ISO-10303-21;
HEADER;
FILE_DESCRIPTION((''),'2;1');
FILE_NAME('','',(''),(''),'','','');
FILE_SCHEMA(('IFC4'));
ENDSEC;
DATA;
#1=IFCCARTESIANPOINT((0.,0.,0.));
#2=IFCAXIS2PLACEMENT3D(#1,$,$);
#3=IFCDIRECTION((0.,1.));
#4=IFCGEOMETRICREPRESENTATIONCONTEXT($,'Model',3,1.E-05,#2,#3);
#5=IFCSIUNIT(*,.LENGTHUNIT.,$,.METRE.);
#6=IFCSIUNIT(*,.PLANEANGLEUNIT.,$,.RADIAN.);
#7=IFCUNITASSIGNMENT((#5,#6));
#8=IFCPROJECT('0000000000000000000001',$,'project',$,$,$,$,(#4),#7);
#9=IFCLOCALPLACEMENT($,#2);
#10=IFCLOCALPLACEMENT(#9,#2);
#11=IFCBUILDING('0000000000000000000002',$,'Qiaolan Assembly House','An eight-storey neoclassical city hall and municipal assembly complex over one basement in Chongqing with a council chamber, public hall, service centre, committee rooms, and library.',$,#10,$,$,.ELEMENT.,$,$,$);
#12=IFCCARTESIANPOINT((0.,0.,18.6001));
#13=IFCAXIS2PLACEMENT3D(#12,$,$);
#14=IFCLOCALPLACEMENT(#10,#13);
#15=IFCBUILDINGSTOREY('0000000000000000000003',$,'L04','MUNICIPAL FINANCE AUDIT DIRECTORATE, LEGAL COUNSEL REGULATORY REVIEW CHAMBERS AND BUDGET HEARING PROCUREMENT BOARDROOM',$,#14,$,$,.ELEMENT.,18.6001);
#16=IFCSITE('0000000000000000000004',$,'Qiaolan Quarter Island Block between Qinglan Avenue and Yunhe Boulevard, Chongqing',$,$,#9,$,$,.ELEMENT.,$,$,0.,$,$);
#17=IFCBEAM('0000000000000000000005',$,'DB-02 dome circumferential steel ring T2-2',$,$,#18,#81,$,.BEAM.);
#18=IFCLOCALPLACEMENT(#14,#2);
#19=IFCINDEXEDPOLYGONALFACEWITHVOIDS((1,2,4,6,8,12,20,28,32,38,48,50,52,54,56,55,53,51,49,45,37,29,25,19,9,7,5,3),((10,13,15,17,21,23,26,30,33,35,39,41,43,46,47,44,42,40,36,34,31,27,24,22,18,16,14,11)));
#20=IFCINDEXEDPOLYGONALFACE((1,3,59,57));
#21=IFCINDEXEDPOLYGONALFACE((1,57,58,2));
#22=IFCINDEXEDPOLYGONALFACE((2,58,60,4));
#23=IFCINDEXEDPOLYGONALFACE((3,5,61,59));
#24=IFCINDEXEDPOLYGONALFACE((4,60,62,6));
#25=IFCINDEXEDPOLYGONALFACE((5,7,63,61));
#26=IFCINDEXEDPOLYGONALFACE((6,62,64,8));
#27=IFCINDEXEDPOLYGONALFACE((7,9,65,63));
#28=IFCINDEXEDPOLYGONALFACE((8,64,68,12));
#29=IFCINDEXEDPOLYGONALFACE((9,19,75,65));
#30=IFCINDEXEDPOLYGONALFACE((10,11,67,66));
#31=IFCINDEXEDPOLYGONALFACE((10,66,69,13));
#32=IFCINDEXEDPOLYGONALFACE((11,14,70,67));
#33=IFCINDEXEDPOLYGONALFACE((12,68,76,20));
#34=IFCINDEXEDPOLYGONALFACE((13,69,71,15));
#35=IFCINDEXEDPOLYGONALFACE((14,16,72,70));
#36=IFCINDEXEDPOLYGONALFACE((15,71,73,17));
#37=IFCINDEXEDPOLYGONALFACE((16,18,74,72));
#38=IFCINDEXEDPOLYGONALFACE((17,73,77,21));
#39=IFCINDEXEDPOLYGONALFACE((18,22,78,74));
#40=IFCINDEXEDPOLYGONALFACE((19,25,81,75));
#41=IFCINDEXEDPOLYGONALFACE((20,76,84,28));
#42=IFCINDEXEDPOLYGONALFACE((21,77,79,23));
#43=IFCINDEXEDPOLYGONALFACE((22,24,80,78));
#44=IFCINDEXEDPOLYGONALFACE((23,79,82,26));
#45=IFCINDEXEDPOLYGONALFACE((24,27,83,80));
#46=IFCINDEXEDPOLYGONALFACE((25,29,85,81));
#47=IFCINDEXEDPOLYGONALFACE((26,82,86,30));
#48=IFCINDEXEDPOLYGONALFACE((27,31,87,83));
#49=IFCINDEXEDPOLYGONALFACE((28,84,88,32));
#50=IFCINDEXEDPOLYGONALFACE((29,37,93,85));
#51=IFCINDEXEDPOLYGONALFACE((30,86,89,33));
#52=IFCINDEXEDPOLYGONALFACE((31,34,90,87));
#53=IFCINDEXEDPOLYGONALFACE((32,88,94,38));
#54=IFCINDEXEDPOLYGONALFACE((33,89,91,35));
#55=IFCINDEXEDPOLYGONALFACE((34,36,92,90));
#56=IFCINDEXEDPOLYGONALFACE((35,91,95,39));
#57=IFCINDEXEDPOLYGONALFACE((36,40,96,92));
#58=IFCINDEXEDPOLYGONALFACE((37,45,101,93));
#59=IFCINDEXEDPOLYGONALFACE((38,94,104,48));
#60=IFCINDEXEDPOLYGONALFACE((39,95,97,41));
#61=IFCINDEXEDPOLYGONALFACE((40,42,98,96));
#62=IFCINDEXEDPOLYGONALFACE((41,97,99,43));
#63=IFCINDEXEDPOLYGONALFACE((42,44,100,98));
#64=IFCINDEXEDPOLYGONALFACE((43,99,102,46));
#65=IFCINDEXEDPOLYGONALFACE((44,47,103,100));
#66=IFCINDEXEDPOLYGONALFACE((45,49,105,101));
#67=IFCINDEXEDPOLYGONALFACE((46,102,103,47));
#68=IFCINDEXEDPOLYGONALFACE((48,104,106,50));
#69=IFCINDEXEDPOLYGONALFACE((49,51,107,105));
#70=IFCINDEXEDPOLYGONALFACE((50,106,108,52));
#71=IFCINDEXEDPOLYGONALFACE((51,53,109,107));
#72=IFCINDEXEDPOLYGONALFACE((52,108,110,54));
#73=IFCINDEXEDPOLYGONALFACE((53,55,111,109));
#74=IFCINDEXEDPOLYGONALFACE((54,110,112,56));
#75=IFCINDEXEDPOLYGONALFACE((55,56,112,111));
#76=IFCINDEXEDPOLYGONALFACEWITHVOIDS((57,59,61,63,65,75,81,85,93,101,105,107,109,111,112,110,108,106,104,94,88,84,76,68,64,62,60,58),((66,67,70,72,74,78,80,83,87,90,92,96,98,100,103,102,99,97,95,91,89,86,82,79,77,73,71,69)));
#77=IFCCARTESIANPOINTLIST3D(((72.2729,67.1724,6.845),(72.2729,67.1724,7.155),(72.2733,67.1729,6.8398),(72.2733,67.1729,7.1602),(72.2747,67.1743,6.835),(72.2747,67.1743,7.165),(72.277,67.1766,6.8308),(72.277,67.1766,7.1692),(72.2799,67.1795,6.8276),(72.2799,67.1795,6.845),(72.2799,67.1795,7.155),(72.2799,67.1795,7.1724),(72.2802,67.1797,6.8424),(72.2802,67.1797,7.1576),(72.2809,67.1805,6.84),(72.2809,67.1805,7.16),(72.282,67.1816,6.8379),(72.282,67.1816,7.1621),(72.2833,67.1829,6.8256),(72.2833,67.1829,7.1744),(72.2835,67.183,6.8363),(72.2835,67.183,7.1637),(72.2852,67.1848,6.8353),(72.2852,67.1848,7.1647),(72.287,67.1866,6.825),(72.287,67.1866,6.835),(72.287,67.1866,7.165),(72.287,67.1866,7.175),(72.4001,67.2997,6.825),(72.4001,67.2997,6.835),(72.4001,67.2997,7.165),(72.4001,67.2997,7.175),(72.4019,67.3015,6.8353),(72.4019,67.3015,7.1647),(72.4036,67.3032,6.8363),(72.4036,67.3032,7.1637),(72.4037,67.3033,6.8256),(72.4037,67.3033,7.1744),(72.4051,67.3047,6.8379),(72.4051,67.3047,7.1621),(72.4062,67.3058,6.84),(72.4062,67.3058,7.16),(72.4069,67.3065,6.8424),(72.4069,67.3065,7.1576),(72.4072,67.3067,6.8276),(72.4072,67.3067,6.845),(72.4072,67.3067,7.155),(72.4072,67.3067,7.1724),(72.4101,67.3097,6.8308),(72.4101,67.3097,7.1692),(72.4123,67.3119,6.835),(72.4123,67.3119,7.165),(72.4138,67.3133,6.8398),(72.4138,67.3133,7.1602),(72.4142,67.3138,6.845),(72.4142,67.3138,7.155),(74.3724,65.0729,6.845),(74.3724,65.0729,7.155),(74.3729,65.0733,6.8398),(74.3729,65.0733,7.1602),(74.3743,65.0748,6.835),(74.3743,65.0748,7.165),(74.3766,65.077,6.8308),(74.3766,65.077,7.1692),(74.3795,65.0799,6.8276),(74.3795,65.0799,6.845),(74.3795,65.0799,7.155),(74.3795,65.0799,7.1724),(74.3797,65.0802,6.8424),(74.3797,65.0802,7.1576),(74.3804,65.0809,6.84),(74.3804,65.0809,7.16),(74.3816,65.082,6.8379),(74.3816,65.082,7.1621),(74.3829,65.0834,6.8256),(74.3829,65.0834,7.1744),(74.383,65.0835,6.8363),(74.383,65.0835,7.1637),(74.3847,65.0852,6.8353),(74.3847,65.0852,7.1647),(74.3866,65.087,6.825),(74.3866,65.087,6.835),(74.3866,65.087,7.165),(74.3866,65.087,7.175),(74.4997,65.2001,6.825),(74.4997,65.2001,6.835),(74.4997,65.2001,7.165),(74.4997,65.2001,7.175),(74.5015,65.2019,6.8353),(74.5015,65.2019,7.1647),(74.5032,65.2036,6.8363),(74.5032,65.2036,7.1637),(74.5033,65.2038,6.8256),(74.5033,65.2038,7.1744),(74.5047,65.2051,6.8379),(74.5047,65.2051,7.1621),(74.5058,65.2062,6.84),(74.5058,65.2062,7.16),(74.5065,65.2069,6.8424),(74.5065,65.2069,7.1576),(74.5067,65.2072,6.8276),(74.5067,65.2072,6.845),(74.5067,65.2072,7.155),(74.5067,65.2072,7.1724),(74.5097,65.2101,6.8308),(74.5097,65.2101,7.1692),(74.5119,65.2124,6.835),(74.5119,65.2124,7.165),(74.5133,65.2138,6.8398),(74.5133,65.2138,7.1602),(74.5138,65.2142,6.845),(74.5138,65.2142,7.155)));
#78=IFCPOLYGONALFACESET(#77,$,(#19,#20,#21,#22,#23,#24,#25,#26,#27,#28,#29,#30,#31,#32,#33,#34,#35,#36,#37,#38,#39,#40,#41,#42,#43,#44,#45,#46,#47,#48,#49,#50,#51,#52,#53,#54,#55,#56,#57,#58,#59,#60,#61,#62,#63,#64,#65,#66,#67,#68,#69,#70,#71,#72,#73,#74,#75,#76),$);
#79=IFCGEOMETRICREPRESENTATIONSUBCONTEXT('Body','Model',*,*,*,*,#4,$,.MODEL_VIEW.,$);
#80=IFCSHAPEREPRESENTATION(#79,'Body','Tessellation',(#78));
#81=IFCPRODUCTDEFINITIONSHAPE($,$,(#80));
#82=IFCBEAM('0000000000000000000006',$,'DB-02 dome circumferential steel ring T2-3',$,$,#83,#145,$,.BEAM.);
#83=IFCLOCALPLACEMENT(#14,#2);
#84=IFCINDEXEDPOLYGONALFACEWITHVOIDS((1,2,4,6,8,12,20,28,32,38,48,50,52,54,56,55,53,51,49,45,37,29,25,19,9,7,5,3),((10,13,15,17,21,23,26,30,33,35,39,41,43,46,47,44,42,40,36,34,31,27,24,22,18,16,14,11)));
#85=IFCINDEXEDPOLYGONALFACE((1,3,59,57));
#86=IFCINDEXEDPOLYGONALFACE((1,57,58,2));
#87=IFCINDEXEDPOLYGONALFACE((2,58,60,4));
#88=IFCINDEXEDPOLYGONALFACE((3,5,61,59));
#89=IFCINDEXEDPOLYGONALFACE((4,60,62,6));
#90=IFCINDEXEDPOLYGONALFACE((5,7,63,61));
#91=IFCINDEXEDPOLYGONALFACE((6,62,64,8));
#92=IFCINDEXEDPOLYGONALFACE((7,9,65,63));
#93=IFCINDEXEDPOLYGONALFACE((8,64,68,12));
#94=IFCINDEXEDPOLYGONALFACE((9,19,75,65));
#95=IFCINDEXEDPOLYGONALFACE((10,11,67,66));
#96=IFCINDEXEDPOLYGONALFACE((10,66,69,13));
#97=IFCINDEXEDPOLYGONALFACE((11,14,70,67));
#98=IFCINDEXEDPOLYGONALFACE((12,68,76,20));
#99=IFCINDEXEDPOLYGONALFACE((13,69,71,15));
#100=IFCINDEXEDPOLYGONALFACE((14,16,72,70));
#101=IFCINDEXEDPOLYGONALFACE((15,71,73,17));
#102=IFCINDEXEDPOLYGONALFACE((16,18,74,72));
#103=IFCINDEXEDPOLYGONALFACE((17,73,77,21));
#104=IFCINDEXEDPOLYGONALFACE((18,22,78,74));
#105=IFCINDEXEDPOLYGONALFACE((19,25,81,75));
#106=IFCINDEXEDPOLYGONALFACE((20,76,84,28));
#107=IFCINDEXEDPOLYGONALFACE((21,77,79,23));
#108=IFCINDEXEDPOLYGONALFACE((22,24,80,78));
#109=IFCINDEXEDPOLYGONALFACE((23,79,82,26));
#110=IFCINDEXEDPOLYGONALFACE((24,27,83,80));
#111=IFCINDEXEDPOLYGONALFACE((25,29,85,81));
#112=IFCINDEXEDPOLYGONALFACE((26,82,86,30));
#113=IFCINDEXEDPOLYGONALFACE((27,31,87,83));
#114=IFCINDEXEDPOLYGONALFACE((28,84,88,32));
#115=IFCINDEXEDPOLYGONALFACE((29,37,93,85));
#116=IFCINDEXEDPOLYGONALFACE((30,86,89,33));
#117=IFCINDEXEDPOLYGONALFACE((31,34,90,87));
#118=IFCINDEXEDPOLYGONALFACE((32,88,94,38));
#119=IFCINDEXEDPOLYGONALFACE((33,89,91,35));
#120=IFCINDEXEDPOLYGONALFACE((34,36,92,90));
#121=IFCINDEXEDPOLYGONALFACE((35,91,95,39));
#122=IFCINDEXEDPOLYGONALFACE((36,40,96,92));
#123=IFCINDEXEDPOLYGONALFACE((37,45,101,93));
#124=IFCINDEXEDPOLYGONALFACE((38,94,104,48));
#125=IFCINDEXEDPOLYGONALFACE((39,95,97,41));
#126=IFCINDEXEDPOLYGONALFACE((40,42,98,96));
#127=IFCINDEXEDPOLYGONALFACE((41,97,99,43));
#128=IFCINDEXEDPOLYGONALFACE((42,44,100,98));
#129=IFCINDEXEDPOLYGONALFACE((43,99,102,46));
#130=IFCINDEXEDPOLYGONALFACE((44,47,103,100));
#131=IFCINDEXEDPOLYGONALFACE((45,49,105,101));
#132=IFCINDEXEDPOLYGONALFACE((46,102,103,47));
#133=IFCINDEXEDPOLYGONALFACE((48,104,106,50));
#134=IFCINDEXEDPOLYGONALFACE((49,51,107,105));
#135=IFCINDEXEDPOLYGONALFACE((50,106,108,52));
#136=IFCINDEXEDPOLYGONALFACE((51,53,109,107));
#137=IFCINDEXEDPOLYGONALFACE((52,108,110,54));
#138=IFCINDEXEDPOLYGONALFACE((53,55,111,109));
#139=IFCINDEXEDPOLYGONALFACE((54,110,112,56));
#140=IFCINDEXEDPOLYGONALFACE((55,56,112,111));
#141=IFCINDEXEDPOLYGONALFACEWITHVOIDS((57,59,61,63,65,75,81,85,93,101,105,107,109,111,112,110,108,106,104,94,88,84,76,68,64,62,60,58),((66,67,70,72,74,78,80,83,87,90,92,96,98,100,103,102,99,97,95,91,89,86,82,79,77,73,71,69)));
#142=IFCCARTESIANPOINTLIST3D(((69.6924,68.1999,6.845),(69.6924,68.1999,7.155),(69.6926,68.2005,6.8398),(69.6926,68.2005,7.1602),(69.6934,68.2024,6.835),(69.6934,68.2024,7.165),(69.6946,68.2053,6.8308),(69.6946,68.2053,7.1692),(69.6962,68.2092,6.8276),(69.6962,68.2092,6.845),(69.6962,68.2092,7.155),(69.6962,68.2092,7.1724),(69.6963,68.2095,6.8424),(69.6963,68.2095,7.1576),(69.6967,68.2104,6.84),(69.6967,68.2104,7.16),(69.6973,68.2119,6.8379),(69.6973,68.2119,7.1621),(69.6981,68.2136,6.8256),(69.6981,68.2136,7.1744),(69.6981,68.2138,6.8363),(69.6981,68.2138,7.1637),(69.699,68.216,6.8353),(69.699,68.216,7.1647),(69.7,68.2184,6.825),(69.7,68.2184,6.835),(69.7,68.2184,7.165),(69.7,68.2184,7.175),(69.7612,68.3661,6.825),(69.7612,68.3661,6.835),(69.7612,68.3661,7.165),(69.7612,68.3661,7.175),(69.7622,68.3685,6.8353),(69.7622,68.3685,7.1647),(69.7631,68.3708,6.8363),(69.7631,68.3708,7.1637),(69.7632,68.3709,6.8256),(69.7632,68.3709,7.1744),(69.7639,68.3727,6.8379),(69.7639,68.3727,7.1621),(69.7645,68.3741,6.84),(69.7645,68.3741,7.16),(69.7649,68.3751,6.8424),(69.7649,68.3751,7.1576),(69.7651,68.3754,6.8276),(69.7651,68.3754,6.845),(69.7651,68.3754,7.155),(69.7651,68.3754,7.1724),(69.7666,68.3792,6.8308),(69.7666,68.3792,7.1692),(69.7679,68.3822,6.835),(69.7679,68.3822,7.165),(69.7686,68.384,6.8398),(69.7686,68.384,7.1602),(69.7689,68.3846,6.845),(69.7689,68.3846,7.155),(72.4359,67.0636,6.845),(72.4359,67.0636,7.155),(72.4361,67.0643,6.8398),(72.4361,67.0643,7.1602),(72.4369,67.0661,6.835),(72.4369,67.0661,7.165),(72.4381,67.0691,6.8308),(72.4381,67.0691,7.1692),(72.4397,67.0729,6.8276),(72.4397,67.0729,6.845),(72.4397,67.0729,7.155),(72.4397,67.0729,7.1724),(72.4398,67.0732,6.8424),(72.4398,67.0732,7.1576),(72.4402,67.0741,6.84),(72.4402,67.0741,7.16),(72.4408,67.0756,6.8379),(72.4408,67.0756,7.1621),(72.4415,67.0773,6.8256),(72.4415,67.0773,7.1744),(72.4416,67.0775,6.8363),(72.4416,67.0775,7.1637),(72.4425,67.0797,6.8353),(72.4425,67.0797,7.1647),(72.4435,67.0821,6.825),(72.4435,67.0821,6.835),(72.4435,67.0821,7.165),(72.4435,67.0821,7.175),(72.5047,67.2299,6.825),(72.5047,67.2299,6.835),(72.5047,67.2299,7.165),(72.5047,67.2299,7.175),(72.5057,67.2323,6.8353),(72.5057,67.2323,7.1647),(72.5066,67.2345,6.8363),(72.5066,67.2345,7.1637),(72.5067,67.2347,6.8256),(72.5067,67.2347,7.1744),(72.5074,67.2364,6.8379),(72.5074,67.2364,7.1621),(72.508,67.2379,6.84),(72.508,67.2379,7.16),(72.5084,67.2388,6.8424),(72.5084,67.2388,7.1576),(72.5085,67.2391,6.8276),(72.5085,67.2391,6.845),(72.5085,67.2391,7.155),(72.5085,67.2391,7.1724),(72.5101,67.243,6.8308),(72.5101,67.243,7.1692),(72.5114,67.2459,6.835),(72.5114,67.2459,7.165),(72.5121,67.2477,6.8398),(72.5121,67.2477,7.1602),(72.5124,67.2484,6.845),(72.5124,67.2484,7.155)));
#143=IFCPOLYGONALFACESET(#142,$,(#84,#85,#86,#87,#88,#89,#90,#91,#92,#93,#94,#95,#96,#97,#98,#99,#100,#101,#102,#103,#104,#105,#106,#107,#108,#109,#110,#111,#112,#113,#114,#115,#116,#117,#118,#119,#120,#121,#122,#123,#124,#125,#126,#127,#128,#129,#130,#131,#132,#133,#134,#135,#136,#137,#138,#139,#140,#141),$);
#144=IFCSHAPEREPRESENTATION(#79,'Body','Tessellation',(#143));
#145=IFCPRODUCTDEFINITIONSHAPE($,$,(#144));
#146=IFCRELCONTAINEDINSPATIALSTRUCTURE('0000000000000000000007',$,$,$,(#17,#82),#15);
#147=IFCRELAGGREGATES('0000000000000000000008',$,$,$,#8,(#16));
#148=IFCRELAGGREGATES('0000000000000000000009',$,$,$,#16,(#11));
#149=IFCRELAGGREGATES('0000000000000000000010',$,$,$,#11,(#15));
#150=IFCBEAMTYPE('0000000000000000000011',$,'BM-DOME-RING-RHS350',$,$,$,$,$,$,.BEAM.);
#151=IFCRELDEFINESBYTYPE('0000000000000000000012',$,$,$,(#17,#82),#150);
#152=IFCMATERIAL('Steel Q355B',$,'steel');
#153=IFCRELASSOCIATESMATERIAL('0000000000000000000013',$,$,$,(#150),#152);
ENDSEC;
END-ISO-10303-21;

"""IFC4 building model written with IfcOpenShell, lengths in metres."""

from ifc_helpers import new_model, si_unit, direction, frame, origin, origin_2d, place, context, subcontext, project, spatial, hollow_rectangle, extrude, material, material_profile, profile_set, type_object, element, save


model = new_model("IFC4")

# Units and contexts
model_context = context("Model", 3, precision=1e-05, world=origin(), true_north=direction((0.0, 1.0)))
body_context = subcontext(model_context, "Body", "Model", "MODEL_VIEW")
ifc_project = project(units=[si_unit("LENGTHUNIT", "METRE"), si_unit("PLANEANGLEUNIT", "RADIAN")], contexts=[model_context])

# Site, building, storey
site_placement = place(None, origin())
site = spatial("IfcSite", under=ifc_project, at=site_placement, Name="Qiaolan Quarter Island Block between Qinglan Avenue and Yunhe Boulevard, Chongqing", CompositionType="ELEMENT", RefElevation=0.0)
building_placement = place(site_placement, origin())
building = spatial("IfcBuilding", under=site, at=building_placement, Name="Qiaolan Assembly House", Description="An eight-storey neoclassical city hall and municipal assembly complex over one basement in Chongqing with a council chamber, public hall, service centre, committee rooms, and library.", CompositionType="ELEMENT")
storey_placement = place(building_placement, frame((0.0, 0.0, 18.6001)))
storey = spatial("IfcBuildingStorey", under=building, at=storey_placement, Name="L04", Description="MUNICIPAL FINANCE AUDIT DIRECTORATE, LEGAL COUNSEL REGULATORY REVIEW CHAMBERS AND BUDGET HEARING PROCUREMENT BOARDROOM", CompositionType="ELEMENT", Elevation=18.6001)

# Beams
ifc_material_1 = material(Name="Steel Q355B", Category="steel")
ifc_material_profile_1 = material_profile(ifc_material_1, hollow_rectangle(XDim=0.2, YDim=0.3501, WallThickness=0.01, InnerFilletRadius=0.01, OuterFilletRadius=0.02, at=origin_2d()), Name="RHS 350x200x10")
ifc_profile_set_1 = profile_set([ifc_material_profile_1], Name="Steel Q355B")
beam_type_1 = type_object("IfcBeamType", Name="BM-DOME-RING-RHS350", PredefinedType="BEAM", material=ifc_profile_set_1)
beam_1_placement = place(storey_placement, frame((74.4431, 65.1436, 7.0), z_axis=(-0.707107, 0.707107, 0.0), x_axis=(-0.707107, -0.707107, 0.0)))
element("IfcBeam", 1, at=beam_1_placement, inside=storey, type_object=beam_type_1, Name="DB-02 dome circumferential steel ring T2-2", PredefinedType="BEAM", context=body_context, shape_type="SweptSolid", body=[
    extrude(hollow_rectangle(XDim=0.2, YDim=0.3501, WallThickness=0.01, InnerFilletRadius=0.01, OuterFilletRadius=0.02, at=origin_2d()), origin(), (0.0, 0.0, 1.0), 2.9692),
])
beam_2_placement = place(storey_placement, frame((72.4741, 67.156, 7.0), z_axis=(-0.923895, 0.382647, 0.0), x_axis=(-0.382647, -0.923895, 0.0)))
element("IfcBeam", 2, at=beam_2_placement, inside=storey, type_object=beam_type_1, Name="DB-02 dome circumferential steel ring T2-3", PredefinedType="BEAM", context=body_context, shape_type="SweptSolid", body=[
    extrude(hollow_rectangle(XDim=0.2, YDim=0.3501, WallThickness=0.01, InnerFilletRadius=0.01, OuterFilletRadius=0.02, at=origin_2d()), origin(), (0.0, 0.0, 1.0), 2.9695),
])

save(model, "model.ifc")
